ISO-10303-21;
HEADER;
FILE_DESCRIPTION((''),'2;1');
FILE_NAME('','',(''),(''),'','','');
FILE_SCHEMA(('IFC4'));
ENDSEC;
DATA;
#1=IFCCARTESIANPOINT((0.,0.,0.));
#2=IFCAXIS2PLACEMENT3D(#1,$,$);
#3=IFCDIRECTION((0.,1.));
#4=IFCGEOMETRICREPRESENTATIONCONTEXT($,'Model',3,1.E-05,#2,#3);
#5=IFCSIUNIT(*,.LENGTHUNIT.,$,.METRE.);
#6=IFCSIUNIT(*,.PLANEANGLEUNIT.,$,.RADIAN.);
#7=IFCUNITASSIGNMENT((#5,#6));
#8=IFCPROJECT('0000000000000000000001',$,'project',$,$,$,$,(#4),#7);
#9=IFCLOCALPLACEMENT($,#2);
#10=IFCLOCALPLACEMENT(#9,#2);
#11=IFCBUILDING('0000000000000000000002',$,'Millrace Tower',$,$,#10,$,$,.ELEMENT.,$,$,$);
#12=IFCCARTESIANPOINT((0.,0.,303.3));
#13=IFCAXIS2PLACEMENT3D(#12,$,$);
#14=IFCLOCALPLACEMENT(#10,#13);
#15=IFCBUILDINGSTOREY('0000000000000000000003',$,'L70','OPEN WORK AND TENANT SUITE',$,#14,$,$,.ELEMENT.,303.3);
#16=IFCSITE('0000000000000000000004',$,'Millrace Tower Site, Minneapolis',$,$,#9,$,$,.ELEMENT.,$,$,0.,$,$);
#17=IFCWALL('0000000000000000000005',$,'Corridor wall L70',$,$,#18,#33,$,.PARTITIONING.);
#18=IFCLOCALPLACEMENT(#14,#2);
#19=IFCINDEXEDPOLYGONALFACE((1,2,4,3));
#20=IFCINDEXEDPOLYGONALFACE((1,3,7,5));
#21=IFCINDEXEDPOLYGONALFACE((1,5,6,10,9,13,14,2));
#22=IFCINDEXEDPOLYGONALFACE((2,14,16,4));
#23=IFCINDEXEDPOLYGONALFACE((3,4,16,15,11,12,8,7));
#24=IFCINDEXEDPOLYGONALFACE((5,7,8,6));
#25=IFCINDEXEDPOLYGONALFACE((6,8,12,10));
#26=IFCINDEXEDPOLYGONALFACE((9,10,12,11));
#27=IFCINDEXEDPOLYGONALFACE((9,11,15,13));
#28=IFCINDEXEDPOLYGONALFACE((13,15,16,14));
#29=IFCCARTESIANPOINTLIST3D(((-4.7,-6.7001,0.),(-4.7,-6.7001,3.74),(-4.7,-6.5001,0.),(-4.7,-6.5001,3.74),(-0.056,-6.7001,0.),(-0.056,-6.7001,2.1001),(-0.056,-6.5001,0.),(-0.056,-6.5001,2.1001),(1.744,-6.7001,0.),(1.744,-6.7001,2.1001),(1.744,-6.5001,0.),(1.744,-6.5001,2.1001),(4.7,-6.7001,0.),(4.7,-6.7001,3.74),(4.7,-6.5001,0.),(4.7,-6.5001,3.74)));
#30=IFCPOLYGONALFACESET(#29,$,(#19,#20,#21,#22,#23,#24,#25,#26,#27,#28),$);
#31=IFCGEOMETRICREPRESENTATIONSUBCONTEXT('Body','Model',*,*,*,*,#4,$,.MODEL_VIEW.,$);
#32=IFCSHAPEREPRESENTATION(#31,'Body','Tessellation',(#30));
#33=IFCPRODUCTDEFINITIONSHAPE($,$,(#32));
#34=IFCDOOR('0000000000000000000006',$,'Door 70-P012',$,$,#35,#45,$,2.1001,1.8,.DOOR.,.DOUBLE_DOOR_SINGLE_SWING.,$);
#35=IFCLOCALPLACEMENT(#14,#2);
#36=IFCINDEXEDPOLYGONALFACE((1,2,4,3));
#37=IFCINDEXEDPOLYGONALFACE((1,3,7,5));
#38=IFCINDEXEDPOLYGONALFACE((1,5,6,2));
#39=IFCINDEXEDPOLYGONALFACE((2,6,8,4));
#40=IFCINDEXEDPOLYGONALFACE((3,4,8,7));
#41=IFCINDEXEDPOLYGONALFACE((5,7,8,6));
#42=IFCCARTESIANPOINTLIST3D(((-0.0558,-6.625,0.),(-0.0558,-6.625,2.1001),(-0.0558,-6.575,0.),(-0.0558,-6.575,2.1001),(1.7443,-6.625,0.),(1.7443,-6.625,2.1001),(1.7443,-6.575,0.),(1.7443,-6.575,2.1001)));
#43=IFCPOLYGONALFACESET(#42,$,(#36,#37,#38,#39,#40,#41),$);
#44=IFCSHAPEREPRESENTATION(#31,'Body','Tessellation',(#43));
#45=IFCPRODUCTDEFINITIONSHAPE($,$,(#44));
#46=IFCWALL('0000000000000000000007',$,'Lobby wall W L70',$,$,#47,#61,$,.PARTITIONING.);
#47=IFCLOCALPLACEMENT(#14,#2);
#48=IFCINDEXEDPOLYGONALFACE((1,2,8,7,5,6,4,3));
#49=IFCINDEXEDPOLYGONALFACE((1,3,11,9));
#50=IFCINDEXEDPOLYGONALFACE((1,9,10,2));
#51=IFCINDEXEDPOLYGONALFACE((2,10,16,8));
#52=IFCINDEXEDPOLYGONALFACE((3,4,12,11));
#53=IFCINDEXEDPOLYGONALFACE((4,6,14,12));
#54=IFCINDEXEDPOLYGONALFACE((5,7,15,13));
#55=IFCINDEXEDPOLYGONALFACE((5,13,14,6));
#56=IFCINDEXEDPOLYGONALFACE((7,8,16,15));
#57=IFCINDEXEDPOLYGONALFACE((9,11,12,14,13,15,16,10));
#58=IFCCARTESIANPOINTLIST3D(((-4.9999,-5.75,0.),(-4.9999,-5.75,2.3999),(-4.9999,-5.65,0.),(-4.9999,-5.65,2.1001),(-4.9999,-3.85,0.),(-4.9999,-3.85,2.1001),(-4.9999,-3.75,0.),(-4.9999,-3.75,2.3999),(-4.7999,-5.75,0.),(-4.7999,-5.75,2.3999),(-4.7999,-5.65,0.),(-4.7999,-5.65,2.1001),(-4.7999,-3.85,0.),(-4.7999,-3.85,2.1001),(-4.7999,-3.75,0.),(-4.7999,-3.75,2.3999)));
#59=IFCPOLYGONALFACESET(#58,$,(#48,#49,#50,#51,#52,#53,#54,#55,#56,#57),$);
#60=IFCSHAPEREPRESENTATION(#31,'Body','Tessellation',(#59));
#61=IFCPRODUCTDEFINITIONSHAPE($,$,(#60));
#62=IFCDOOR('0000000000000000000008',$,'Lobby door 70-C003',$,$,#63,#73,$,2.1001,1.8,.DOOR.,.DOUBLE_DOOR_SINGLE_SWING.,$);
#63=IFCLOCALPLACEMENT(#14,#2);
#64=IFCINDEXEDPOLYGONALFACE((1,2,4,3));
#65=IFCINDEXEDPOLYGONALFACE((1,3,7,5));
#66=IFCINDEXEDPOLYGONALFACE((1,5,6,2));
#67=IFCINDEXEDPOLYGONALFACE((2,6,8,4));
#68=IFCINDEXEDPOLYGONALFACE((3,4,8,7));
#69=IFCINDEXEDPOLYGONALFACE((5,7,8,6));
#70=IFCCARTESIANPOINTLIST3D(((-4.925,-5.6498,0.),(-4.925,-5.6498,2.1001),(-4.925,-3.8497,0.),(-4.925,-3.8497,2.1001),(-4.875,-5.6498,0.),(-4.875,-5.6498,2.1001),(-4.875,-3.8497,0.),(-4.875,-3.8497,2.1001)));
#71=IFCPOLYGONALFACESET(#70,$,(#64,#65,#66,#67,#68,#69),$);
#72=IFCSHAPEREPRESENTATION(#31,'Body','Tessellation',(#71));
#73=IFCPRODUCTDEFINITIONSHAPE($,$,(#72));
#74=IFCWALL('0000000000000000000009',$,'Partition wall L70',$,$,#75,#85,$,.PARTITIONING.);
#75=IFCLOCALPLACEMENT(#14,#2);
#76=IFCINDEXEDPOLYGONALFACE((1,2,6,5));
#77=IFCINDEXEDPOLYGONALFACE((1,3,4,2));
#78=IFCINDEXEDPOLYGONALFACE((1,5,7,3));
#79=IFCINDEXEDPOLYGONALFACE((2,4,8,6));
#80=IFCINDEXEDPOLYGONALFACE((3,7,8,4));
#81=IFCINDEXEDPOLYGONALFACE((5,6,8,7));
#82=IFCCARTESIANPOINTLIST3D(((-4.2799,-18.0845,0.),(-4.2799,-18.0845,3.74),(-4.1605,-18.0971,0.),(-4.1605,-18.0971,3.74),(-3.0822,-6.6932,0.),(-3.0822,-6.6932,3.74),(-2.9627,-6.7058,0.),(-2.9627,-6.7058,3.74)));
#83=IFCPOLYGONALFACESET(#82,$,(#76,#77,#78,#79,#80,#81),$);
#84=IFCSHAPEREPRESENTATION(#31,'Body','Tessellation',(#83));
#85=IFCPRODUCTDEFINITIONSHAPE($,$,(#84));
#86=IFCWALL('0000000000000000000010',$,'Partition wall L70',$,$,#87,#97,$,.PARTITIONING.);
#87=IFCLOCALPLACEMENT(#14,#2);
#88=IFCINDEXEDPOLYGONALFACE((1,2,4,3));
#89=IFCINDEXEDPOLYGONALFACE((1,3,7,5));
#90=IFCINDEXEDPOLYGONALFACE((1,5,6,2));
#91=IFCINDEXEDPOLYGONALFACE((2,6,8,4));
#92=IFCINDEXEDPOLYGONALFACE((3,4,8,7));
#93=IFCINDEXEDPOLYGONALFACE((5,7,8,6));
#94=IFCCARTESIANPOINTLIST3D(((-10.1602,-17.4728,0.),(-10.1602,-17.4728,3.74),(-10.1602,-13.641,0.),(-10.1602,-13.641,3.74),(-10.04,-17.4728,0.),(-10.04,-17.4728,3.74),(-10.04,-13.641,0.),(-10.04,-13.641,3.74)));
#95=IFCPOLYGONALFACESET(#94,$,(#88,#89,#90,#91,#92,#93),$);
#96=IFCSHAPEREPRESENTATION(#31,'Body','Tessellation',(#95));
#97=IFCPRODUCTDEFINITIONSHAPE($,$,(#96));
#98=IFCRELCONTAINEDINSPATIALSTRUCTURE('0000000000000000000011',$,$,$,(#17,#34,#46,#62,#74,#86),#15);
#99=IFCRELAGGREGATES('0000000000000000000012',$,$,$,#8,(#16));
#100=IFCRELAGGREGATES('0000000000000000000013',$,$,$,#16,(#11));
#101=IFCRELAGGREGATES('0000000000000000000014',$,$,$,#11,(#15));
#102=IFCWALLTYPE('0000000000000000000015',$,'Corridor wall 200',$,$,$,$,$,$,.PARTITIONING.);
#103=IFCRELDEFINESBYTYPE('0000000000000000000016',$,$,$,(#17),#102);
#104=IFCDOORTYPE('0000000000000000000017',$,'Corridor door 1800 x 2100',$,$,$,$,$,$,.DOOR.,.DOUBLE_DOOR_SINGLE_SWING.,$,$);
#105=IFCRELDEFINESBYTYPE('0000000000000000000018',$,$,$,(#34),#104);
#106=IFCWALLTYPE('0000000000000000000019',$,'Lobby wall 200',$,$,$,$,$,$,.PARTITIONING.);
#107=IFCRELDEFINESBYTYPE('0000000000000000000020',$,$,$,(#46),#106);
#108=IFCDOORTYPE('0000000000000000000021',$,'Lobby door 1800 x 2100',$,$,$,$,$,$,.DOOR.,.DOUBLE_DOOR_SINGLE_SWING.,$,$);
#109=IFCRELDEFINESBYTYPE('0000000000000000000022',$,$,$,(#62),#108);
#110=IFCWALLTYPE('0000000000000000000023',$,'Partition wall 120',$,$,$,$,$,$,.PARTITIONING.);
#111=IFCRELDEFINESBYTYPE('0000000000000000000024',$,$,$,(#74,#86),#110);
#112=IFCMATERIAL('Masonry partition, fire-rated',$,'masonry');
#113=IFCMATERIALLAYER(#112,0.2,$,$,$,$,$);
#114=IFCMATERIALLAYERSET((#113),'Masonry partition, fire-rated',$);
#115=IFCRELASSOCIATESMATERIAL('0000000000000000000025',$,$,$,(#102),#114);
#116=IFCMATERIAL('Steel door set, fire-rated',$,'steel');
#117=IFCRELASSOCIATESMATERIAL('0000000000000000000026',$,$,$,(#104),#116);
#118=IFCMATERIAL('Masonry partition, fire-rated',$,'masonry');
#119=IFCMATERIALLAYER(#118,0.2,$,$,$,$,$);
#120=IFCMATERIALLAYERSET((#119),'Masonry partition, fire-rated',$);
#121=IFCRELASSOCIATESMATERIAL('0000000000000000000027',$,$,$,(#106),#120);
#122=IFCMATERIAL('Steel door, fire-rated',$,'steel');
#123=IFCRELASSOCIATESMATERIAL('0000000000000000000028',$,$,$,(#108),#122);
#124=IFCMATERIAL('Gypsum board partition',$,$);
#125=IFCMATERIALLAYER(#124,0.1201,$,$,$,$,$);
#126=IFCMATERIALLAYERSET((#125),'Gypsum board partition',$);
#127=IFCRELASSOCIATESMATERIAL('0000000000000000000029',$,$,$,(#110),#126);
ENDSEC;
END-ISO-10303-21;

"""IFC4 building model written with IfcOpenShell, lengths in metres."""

from ifc_helpers import new_model, si_unit, direction, frame, frame_2d, origin, place, context, subcontext, project, spatial, rectangle, extrude, material, layer, layer_set, type_object, element, fill, save


model = new_model("IFC4")

# Units and contexts
model_context = context("Model", 3, precision=1e-05, world=origin(), true_north=direction((0.0, 1.0)))
body_context = subcontext(model_context, "Body", "Model", "MODEL_VIEW")
ifc_project = project(units=[si_unit("LENGTHUNIT", "METRE"), si_unit("PLANEANGLEUNIT", "RADIAN")], contexts=[model_context])

# Site, building, storey
site_placement = place(None, origin())
site = spatial("IfcSite", under=ifc_project, at=site_placement, Name="Millrace Tower Site, Minneapolis", CompositionType="ELEMENT", RefElevation=0.0)
building_placement = place(site_placement, origin())
building = spatial("IfcBuilding", under=site, at=building_placement, Name="Millrace Tower", CompositionType="ELEMENT")
storey_placement = place(building_placement, frame((0.0, 0.0, 303.3)))
storey = spatial("IfcBuildingStorey", under=building, at=storey_placement, Name="L70", Description="OPEN WORK AND TENANT SUITE", CompositionType="ELEMENT", Elevation=303.3)

# Walls, openings, doors
ifc_material_1 = material(Name="Masonry partition, fire-rated", Category="masonry")
ifc_layer_1 = layer(ifc_material_1, 0.2)
ifc_layer_set_1 = layer_set([ifc_layer_1], Name="Masonry partition, fire-rated")
wall_type_1 = type_object("IfcWallType", Name="Corridor wall 200", PredefinedType="PARTITIONING", material=ifc_layer_set_1)
wall_1_placement = place(storey_placement, frame((-4.7, -6.6001, 0.0), z_axis=(0.0, 0.0, 1.0), x_axis=(1.0, 0.0, 0.0)))
wall_1 = element("IfcWall", 1, at=wall_1_placement, inside=storey, type_object=wall_type_1, Name="Corridor wall L70", PredefinedType="PARTITIONING", context=body_context, shape_type="SweptSolid", body=[
    extrude(rectangle(XDim=9.3999, YDim=0.2, at=frame_2d((4.7, 0.0))), origin(), (0.0, 0.0, 1.0), 3.74),
])
opening_1_placement = place(wall_1_placement, frame((4.644, 0.0, 0.0)))
opening_1 = element("IfcOpeningElement", 2, at=opening_1_placement, cuts=wall_1, PredefinedType="OPENING", context=body_context, shape_type="SweptSolid", body=[
    extrude(rectangle(XDim=1.8, YDim=2.1001, at=frame_2d((0.8999, 1.05))), frame((0.0, 0.1099, 0.0), z_axis=(0.0, -1.0, 0.0), x_axis=(1.0, 0.0, 0.0)), (0.0, 0.0, 1.0), 0.22),
])
ifc_material_2 = material(Name="Steel door set, fire-rated", Category="steel")
door_type_1 = type_object("IfcDoorType", Name="Corridor door 1800 x 2100", OperationType="DOUBLE_DOOR_SINGLE_SWING", PredefinedType="DOOR", material=ifc_material_2)
door_1_placement = place(opening_1_placement, frame((1.8, 0.0, 0.0), z_axis=(0.0, 0.0, 1.0), x_axis=(-1.0, 0.0, 0.0)))
door_1 = element("IfcDoor", 3, at=door_1_placement, inside=storey, type_object=door_type_1, Name="Door 70-P012", OperationType="DOUBLE_DOOR_SINGLE_SWING", OverallHeight=2.1001, OverallWidth=1.8, PredefinedType="DOOR", context=body_context, shape_type="SweptSolid", body=[
    extrude(rectangle(XDim=1.8, YDim=2.1001, at=frame_2d((0.8999, 1.05))), frame((0.0, 0.0249, 0.0), z_axis=(0.0, -1.0, 0.0), x_axis=(1.0, 0.0, 0.0)), (0.0, 0.0, 1.0), 0.05),
])
fill(opening_1, door_1)
ifc_material_3 = material(Name="Masonry partition, fire-rated", Category="masonry")
ifc_layer_2 = layer(ifc_material_3, 0.2)
ifc_layer_set_2 = layer_set([ifc_layer_2], Name="Masonry partition, fire-rated")
wall_type_2 = type_object("IfcWallType", Name="Lobby wall 200", PredefinedType="PARTITIONING", material=ifc_layer_set_2)
wall_2_placement = place(storey_placement, frame((-4.8999, -5.75, 0.0), z_axis=(0.0, 0.0, 1.0), x_axis=(0.0, 1.0, 0.0)))
wall_2 = element("IfcWall", 4, at=wall_2_placement, inside=storey, type_object=wall_type_2, Name="Lobby wall W L70", PredefinedType="PARTITIONING", context=body_context, shape_type="SweptSolid", body=[
    extrude(rectangle(XDim=2.0, YDim=0.2, at=frame_2d((1.0, 0.0))), origin(), (0.0, 0.0, 1.0), 2.3999),
])
opening_2_placement = place(wall_2_placement, frame((0.1001, 0.0, 0.0)))
opening_2 = element("IfcOpeningElement", 5, at=opening_2_placement, cuts=wall_2, PredefinedType="OPENING", context=body_context, shape_type="SweptSolid", body=[
    extrude(rectangle(XDim=1.8, YDim=2.1001, at=frame_2d((0.8999, 1.05))), frame((0.0, 0.1099, 0.0), z_axis=(0.0, -1.0, 0.0), x_axis=(1.0, 0.0, 0.0)), (0.0, 0.0, 1.0), 0.22),
])
ifc_material_4 = material(Name="Steel door, fire-rated", Category="steel")
door_type_2 = type_object("IfcDoorType", Name="Lobby door 1800 x 2100", OperationType="DOUBLE_DOOR_SINGLE_SWING", PredefinedType="DOOR", material=ifc_material_4)
door_2_placement = place(opening_2_placement, frame((1.8, 0.0, 0.0), z_axis=(0.0, 0.0, 1.0), x_axis=(-1.0, 0.0, 0.0)))
door_2 = element("IfcDoor", 6, at=door_2_placement, inside=storey, type_object=door_type_2, Name="Lobby door 70-C003", OperationType="DOUBLE_DOOR_SINGLE_SWING", OverallHeight=2.1001, OverallWidth=1.8, PredefinedType="DOOR", context=body_context, shape_type="SweptSolid", body=[
    extrude(rectangle(XDim=1.8, YDim=2.1001, at=frame_2d((0.8999, 1.05))), frame((0.0, 0.0249, 0.0), z_axis=(0.0, -1.0, 0.0), x_axis=(1.0, 0.0, 0.0)), (0.0, 0.0, 1.0), 0.05),
])
fill(opening_2, door_2)

# Walls
ifc_material_5 = material(Name="Gypsum board partition")
ifc_layer_3 = layer(ifc_material_5, 0.1201)
ifc_layer_set_3 = layer_set([ifc_layer_3], Name="Gypsum board partition")
wall_type_3 = type_object("IfcWallType", Name="Partition wall 120", PredefinedType="PARTITIONING", material=ifc_layer_set_3)
wall_3_placement = place(storey_placement, frame((-4.2202, -18.0908, 0.0), z_axis=(0.0, 0.0, 1.0), x_axis=(0.104569, 0.994518, 0.0)))
element("IfcWall", 7, at=wall_3_placement, inside=storey, type_object=wall_type_3, Name="Partition wall L70", PredefinedType="PARTITIONING", context=body_context, shape_type="SweptSolid", body=[
    extrude(rectangle(XDim=11.4541, YDim=0.1201, at=frame_2d((5.7271, 0.0))), origin(), (0.0, 0.0, 1.0), 3.74),
])
wall_4_placement = place(storey_placement, frame((-10.1001, -17.4729, 0.0), z_axis=(0.0, 0.0, 1.0), x_axis=(0.0, 1.0, 0.0)))
element("IfcWall", 8, at=wall_4_placement, inside=storey, type_object=wall_type_3, Name="Partition wall L70", PredefinedType="PARTITIONING", context=body_context, shape_type="SweptSolid", body=[
    extrude(rectangle(XDim=3.8318, YDim=0.1201, at=frame_2d((1.916, 0.0))), origin(), (0.0, 0.0, 1.0), 3.74),
])

save(model, "model.ifc")
